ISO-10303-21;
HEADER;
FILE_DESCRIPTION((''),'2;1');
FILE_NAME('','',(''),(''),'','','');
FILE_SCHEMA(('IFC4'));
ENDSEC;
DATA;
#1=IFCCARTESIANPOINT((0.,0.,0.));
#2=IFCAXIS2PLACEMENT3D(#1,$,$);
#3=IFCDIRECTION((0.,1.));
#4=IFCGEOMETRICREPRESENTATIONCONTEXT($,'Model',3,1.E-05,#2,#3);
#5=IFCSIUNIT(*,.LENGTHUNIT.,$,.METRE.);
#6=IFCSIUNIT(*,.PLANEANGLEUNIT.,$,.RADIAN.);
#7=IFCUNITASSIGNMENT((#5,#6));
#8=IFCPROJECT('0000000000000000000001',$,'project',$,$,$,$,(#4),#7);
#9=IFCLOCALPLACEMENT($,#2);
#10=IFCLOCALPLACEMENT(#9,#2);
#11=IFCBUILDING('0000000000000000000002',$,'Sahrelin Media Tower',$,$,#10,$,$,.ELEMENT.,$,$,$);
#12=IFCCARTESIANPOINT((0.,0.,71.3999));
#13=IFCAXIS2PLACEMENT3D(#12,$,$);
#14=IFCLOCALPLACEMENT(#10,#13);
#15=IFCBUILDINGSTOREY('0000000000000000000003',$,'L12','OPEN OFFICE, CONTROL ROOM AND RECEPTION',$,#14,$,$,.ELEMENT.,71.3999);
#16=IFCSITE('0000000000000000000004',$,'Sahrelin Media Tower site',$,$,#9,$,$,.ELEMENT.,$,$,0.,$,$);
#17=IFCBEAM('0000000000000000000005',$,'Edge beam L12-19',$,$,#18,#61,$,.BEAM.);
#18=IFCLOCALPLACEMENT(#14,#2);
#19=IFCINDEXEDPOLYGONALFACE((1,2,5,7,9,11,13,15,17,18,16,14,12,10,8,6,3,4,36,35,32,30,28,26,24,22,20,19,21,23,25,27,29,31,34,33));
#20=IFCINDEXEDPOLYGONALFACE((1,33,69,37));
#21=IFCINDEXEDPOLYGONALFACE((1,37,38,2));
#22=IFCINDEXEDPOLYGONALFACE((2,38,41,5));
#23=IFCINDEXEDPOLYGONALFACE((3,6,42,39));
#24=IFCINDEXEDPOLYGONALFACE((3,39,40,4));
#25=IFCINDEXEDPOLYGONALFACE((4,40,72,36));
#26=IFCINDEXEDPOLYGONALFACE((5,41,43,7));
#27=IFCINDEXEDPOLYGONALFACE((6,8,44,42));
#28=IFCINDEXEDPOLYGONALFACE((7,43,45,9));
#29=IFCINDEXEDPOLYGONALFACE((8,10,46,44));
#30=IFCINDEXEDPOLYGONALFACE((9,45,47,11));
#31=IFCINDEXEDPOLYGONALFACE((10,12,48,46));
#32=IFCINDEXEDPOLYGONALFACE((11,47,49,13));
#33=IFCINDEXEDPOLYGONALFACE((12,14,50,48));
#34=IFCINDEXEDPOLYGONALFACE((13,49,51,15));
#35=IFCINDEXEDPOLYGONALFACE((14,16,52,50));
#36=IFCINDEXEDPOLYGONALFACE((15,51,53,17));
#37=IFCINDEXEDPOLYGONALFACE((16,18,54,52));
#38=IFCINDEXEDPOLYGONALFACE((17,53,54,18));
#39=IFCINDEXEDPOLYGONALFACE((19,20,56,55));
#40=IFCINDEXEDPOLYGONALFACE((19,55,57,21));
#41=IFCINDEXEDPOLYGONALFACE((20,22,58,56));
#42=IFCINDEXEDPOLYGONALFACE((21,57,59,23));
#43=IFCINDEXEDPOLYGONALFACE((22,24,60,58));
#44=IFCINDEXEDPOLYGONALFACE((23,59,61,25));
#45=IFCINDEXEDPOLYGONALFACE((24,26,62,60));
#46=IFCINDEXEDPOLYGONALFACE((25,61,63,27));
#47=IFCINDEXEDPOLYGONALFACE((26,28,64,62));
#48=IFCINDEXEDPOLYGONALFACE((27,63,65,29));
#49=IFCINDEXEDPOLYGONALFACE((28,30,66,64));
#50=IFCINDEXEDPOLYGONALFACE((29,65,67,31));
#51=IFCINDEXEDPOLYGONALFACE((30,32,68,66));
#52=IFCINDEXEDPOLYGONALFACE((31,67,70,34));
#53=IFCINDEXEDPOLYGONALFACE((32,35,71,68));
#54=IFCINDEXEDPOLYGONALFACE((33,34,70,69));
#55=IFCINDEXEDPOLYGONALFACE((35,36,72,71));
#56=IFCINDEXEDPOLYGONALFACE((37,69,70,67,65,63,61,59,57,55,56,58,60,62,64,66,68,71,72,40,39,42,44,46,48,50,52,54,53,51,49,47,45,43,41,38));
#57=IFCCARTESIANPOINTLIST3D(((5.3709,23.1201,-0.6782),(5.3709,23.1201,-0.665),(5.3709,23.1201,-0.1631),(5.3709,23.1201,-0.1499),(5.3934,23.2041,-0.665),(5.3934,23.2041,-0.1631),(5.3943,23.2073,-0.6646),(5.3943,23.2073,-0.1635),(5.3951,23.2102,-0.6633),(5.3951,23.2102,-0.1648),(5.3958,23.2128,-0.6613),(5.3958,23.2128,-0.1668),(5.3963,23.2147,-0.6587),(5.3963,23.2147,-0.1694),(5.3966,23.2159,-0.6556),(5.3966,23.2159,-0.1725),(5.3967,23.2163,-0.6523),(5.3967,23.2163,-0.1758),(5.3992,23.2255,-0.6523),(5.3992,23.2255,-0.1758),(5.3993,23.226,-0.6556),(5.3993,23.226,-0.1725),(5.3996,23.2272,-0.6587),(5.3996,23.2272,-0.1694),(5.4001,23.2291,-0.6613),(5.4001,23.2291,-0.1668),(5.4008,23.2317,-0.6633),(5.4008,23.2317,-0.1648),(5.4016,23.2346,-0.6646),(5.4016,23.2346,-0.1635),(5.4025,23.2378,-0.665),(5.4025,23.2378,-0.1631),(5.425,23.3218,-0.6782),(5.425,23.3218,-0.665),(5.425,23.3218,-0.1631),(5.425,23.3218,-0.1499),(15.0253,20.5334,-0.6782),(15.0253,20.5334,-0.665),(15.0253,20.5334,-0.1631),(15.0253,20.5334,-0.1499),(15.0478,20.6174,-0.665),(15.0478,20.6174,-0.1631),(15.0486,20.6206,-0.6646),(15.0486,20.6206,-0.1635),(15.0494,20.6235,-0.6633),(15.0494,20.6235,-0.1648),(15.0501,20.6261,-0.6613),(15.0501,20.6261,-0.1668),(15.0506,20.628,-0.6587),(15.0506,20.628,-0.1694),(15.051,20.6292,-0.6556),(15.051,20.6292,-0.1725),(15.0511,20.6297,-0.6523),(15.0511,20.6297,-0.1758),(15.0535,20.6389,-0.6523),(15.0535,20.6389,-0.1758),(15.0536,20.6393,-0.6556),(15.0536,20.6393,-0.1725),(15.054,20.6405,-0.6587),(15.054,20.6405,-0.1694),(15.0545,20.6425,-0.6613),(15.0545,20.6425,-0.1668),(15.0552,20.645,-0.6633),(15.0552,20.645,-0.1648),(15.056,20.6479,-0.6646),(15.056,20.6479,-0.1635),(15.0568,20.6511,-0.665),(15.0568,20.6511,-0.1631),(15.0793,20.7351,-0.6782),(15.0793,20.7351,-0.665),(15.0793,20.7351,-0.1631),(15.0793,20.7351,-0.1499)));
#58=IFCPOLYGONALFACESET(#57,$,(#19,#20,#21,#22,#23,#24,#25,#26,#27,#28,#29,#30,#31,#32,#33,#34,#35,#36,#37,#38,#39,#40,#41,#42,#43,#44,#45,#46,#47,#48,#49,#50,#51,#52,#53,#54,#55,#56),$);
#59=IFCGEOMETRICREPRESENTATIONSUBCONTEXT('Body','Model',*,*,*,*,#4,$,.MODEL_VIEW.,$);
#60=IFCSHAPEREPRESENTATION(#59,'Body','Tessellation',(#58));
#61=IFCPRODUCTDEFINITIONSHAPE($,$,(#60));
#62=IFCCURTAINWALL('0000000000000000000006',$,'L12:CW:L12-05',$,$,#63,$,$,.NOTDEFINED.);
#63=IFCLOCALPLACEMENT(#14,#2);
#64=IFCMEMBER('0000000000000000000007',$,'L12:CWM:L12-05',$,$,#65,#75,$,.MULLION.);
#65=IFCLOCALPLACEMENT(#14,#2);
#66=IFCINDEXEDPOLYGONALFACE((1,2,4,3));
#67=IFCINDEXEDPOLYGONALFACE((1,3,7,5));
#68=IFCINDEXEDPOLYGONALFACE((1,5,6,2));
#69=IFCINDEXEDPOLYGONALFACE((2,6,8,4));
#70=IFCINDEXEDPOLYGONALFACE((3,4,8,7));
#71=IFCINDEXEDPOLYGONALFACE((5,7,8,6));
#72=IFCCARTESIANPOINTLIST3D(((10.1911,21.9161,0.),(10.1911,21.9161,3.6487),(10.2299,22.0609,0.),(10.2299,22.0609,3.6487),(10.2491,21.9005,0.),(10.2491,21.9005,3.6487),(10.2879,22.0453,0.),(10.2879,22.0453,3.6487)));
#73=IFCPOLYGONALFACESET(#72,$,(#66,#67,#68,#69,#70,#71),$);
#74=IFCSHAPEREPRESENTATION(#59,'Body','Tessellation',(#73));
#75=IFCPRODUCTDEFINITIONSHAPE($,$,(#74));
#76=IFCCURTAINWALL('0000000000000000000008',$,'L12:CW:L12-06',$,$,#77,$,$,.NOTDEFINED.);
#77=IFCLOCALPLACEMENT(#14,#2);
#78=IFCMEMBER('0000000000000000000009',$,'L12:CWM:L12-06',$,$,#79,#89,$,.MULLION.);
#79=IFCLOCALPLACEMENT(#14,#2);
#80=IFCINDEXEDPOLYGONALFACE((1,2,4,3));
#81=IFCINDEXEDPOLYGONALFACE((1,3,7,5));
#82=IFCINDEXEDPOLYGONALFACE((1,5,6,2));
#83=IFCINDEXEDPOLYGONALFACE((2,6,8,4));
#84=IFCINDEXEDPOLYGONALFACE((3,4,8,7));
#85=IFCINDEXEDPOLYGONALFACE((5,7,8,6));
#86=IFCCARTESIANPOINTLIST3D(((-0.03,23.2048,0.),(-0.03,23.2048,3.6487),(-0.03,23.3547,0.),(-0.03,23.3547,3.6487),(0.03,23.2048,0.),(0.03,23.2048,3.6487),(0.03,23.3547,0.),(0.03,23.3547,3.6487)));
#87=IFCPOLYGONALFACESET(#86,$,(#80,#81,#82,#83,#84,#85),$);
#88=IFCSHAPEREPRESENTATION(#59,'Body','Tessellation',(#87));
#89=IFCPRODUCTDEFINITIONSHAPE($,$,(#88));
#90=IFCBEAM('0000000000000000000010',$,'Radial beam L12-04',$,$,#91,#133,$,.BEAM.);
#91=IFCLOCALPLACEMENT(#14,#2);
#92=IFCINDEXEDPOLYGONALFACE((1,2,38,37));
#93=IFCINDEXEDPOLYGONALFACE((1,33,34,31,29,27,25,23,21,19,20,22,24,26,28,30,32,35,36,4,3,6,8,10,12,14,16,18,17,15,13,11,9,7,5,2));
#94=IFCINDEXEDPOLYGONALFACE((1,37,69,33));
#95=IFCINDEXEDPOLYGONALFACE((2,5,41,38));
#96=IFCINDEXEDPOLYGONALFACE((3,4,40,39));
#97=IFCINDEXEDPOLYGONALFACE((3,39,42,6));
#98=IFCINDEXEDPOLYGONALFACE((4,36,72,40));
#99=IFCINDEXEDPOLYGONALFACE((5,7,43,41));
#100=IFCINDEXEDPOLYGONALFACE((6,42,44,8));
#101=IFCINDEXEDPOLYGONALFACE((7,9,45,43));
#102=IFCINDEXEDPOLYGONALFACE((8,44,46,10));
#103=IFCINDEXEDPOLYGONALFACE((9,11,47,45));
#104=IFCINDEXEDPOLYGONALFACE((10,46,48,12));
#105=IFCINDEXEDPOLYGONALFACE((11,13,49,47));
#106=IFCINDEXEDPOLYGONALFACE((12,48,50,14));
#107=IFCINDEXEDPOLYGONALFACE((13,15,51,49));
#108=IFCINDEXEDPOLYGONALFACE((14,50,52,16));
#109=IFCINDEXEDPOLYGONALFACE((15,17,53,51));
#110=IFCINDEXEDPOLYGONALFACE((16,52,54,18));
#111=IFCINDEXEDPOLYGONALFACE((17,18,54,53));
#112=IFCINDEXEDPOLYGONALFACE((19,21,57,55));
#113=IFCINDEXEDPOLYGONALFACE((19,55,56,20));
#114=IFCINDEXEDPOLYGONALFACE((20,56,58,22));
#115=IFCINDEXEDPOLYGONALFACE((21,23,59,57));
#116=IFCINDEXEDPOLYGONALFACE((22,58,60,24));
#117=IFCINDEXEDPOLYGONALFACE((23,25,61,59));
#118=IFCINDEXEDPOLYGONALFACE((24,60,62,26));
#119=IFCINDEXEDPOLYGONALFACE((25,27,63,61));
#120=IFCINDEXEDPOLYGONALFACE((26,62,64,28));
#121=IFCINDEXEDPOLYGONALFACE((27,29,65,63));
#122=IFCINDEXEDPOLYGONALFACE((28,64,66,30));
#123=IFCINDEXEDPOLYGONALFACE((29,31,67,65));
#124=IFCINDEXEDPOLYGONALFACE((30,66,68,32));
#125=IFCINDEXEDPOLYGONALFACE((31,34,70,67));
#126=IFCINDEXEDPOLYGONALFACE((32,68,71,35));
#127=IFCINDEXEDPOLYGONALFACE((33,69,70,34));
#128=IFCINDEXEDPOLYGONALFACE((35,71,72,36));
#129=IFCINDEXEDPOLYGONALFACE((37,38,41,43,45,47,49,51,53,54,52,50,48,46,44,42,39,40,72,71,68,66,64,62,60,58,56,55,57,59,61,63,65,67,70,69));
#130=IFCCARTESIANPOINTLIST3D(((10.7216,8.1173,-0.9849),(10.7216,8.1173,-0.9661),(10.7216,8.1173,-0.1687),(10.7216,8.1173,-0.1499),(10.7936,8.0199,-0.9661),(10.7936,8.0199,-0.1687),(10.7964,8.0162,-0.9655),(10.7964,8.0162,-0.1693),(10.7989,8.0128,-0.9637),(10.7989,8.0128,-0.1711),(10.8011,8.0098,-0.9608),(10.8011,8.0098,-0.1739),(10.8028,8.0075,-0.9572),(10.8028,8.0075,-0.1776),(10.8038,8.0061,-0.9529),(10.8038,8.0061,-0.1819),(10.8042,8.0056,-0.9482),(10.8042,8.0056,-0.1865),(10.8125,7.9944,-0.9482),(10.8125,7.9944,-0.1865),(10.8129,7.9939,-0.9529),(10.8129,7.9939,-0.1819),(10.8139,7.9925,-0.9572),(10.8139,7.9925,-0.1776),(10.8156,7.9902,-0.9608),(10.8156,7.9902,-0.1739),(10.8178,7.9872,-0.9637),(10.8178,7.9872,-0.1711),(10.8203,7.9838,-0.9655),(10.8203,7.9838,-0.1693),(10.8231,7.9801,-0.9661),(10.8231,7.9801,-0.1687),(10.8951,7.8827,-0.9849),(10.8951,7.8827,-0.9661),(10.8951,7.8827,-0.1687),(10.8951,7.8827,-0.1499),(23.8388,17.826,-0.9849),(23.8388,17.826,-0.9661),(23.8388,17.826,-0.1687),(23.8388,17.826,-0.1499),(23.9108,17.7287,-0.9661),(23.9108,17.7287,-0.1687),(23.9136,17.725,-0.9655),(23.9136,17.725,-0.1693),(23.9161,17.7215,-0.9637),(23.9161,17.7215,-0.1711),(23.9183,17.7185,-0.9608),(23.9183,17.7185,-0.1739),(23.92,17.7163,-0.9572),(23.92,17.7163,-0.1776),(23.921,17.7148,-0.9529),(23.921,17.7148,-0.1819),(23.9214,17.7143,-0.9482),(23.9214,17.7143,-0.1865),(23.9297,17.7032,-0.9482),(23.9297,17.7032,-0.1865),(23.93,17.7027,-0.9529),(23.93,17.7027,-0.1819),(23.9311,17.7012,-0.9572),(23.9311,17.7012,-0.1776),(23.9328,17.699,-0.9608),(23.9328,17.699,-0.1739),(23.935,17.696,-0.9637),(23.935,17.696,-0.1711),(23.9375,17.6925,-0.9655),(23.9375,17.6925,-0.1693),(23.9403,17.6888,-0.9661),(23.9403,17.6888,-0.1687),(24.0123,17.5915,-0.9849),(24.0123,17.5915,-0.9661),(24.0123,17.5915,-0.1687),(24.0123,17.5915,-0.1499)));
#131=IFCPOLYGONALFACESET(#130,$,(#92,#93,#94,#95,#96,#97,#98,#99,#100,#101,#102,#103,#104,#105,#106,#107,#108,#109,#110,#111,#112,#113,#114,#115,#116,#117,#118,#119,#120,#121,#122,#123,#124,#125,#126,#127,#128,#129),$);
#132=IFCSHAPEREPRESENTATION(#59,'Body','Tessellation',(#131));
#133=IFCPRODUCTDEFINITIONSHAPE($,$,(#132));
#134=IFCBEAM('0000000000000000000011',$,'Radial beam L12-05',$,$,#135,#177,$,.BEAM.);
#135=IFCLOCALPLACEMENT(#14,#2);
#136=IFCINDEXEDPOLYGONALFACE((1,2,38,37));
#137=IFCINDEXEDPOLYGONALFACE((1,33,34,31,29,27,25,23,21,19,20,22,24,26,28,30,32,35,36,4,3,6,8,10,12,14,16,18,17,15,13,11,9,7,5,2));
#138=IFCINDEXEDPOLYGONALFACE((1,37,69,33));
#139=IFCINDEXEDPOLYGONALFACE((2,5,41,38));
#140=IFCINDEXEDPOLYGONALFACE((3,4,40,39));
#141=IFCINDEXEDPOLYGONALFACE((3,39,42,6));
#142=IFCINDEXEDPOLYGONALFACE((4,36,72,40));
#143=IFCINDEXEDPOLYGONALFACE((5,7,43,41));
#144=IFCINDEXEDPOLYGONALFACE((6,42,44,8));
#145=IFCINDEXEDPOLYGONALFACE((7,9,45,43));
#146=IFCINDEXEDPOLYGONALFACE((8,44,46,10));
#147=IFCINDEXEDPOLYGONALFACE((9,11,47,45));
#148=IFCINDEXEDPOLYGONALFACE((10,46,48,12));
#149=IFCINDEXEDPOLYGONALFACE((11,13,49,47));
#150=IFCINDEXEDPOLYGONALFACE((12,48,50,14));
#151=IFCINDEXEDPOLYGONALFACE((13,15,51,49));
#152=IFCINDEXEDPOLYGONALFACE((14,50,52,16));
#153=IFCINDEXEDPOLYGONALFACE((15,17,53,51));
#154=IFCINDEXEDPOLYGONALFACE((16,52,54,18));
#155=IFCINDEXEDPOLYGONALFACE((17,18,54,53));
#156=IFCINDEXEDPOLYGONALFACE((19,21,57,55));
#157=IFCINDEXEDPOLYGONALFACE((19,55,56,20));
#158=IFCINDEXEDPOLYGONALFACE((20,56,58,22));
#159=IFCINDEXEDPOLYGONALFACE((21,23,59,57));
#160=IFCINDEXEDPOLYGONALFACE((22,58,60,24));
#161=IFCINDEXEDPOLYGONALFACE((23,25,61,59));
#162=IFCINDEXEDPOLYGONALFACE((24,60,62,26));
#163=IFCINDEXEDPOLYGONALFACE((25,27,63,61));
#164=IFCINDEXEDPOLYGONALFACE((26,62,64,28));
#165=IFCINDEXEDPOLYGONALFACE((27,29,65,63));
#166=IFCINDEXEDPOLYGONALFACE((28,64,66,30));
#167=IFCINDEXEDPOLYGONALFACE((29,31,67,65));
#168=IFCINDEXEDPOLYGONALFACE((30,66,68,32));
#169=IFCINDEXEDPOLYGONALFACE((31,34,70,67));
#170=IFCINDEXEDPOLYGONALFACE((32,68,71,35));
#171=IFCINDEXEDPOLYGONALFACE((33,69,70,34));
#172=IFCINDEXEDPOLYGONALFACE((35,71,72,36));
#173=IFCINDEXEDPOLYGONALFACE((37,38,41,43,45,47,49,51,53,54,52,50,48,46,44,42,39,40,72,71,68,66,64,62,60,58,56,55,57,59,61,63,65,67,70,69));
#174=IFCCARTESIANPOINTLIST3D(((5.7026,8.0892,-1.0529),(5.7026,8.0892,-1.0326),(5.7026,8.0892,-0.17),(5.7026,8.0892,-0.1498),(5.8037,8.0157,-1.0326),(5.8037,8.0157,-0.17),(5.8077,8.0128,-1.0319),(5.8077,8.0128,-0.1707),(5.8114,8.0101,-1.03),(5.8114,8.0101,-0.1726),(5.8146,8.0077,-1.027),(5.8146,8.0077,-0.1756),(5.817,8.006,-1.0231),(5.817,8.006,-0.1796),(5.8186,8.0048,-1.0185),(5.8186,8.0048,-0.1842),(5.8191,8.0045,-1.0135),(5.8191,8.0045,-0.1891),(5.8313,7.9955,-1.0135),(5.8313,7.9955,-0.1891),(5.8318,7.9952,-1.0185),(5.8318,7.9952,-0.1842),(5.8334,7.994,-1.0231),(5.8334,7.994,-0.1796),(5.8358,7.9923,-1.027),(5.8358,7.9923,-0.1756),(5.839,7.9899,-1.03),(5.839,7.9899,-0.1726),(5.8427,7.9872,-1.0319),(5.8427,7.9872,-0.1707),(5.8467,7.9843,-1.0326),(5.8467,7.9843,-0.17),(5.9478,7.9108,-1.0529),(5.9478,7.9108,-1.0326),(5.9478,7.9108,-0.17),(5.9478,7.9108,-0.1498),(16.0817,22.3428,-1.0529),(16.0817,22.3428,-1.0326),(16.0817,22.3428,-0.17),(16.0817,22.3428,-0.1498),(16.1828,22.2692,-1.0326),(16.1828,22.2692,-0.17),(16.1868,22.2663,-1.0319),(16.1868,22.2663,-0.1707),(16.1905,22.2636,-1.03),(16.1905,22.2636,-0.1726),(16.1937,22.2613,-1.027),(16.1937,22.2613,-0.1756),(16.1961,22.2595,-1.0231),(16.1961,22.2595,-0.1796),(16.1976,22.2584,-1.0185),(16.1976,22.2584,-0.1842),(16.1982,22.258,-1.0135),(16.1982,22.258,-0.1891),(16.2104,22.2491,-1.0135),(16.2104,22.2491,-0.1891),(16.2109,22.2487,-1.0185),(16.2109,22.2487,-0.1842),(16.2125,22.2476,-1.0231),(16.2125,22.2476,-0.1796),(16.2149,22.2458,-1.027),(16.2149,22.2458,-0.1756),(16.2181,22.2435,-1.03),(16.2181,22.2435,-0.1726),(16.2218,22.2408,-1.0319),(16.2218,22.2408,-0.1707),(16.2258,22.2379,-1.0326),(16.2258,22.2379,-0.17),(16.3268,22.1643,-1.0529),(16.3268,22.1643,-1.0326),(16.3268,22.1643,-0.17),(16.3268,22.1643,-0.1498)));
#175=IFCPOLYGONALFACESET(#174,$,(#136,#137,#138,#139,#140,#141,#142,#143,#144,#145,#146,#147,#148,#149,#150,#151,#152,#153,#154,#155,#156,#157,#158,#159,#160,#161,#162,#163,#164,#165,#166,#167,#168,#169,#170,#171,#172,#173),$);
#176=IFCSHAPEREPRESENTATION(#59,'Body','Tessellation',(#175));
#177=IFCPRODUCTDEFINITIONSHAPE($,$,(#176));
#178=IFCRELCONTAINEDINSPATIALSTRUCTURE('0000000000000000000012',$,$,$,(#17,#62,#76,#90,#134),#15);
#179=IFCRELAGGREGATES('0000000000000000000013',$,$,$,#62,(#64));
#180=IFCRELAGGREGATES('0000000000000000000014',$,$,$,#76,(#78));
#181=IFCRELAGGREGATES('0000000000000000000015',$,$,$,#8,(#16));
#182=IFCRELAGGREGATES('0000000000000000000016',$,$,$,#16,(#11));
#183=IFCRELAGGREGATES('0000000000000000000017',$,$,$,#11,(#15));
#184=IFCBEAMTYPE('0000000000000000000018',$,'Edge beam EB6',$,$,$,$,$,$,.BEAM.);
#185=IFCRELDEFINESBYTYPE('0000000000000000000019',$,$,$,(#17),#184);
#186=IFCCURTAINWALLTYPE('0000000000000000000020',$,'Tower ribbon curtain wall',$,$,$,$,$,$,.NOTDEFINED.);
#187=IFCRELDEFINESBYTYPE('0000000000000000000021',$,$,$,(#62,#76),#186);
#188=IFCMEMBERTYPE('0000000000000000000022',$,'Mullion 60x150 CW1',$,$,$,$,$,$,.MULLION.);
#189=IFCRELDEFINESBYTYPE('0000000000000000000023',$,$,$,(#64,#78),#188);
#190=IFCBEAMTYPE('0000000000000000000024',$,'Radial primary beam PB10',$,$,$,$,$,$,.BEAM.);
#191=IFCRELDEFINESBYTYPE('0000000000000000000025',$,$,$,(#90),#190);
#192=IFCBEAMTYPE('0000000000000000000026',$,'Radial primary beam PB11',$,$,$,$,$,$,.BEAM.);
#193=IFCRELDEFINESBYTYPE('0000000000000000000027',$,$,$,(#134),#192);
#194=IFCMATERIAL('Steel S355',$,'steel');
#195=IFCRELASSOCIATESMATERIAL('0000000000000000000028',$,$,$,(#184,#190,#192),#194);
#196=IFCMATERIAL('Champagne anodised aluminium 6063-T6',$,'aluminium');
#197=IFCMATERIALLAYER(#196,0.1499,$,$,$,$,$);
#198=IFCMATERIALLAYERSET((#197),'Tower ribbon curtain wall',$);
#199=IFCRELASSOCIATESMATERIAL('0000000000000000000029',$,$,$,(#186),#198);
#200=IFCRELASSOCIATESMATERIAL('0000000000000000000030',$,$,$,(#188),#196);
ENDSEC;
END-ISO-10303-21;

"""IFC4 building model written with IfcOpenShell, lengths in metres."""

from ifc_helpers import new_model, si_unit, direction, frame, origin, origin_2d, place, context, subcontext, project, spatial, rectangle, i_section, extrude, material, layer, layer_set, material_profile, profile_set, type_object, element, aggregate, save


model = new_model("IFC4")

# Units and contexts
model_context = context("Model", 3, precision=1e-05, world=origin(), true_north=direction((0.0, 1.0)))
body_context = subcontext(model_context, "Body", "Model", "MODEL_VIEW")
ifc_project = project(units=[si_unit("LENGTHUNIT", "METRE"), si_unit("PLANEANGLEUNIT", "RADIAN")], contexts=[model_context])

# Site, building, storey
site_placement = place(None, origin())
site = spatial("IfcSite", under=ifc_project, at=site_placement, Name="Sahrelin Media Tower site", CompositionType="ELEMENT", RefElevation=0.0)
building_placement = place(site_placement, origin())
building = spatial("IfcBuilding", under=site, at=building_placement, Name="Sahrelin Media Tower", CompositionType="ELEMENT")
storey_placement = place(building_placement, frame((0.0, 0.0, 71.3999)))
storey = spatial("IfcBuildingStorey", under=building, at=storey_placement, Name="L12", Description="OPEN OFFICE, CONTROL ROOM AND RECEPTION", CompositionType="ELEMENT", Elevation=71.3999)

# Beam
ifc_material_1 = material(Name="Steel S355", Category="steel")
ifc_material_profile_1 = material_profile(ifc_material_1, i_section(OverallWidth=0.2087, OverallDepth=0.5283, WebThickness=0.0095, FlangeThickness=0.0132, FilletRadius=0.0127, at=origin_2d()), Name="UB 533x210x82")
ifc_profile_set_1 = profile_set([ifc_material_profile_1], Name="Steel S355")
beam_type_1 = type_object("IfcBeamType", Name="Edge beam EB6", PredefinedType="BEAM", material=ifc_profile_set_1)
beam_1_placement = place(storey_placement, frame((5.3979, 23.2209, -0.4141), z_axis=(0.965931, -0.258801, 0.0), x_axis=(0.258801, 0.965931, 0.0)))
element("IfcBeam", 1, at=beam_1_placement, inside=storey, type_object=beam_type_1, Name="Edge beam L12-19", PredefinedType="BEAM", context=body_context, shape_type="SweptSolid", body=[
    extrude(i_section(OverallWidth=0.2087, OverallDepth=0.5283, WebThickness=0.0095, FlangeThickness=0.0132, FilletRadius=0.0127, at=origin_2d()), origin(), (0.0, 0.0, 1.0), 9.9949),
])

# Curtain walls, members
ifc_material_2 = material(Name="Champagne anodised aluminium 6063-T6", Category="aluminium")
ifc_layer_1 = layer(ifc_material_2, 0.1499)
ifc_layer_set_1 = layer_set([ifc_layer_1], Name="Tower ribbon curtain wall")
curtain_wall_type = type_object("IfcCurtainWallType", Name="Tower ribbon curtain wall", PredefinedType="NOTDEFINED", material=ifc_layer_set_1)
curtain_wall_1_placement = place(storey_placement, frame((10.2639, 22.0725, 0.0), z_axis=(0.0, 0.0, 1.0), x_axis=(1.0, 0.0, 0.0)))
curtain_wall_1 = element("IfcCurtainWall", 2, at=curtain_wall_1_placement, inside=storey, type_object=curtain_wall_type, Name="L12:CW:L12-05", PredefinedType="NOTDEFINED")
ifc_material_profile_2 = material_profile(ifc_material_2, rectangle(XDim=0.0601, YDim=0.1499, at=origin_2d()), Name="Mullion 60x150")
ifc_profile_set_2 = profile_set([ifc_material_profile_2], Name="Champagne anodised aluminium 6063-T6")
member_type_1 = type_object("IfcMemberType", Name="Mullion 60x150 CW1", PredefinedType="MULLION", material=ifc_profile_set_2)
member_1_placement = place(storey_placement, frame((10.2395, 21.9807, 0.0), z_axis=(0.0, 0.0, 1.0), x_axis=(-0.965926, 0.258819, 0.0)))
member_1 = element("IfcMember", 3, at=member_1_placement, type_object=member_type_1, Name="L12:CWM:L12-05", PredefinedType="MULLION", context=body_context, shape_type="SweptSolid", body=[
    extrude(rectangle(XDim=0.0601, YDim=0.1499, at=origin_2d()), origin(), (0.0, 0.0, 1.0), 3.6487),
])
aggregate(curtain_wall_1, [member_1])
placement_1 = place(storey_placement, frame((0.0, 23.3748, 0.0), z_axis=(0.0, 0.0, 1.0), x_axis=(1.0, 0.0, 0.0)))
curtain_wall_2 = element("IfcCurtainWall", 4, at=placement_1, inside=storey, type_object=curtain_wall_type, Name="L12:CW:L12-06", PredefinedType="NOTDEFINED")
member_2_placement = place(storey_placement, frame((0.0, 23.2798, 0.0), z_axis=(0.0, 0.0, 1.0), x_axis=(-1.0, 0.0, 0.0)))
member_2 = element("IfcMember", 5, at=member_2_placement, type_object=member_type_1, Name="L12:CWM:L12-06", PredefinedType="MULLION", context=body_context, shape_type="SweptSolid", body=[
    extrude(rectangle(XDim=0.0601, YDim=0.1499, at=origin_2d()), origin(), (0.0, 0.0, 1.0), 3.6487),
])

# Beams
ifc_material_profile_3 = material_profile(ifc_material_1, i_section(OverallWidth=0.2917, OverallDepth=0.835, WebThickness=0.0139, FlangeThickness=0.0188, FilletRadius=0.0178, at=origin_2d()), Name="UB 838x292x176")
ifc_profile_set_3 = profile_set([ifc_material_profile_3], Name="Steel S355")
beam_type_2 = type_object("IfcBeamType", Name="Radial primary beam PB10", PredefinedType="BEAM", material=ifc_profile_set_3)
beam_2_placement = place(storey_placement, frame((10.8083, 8.0, -0.5674), z_axis=(0.803783, 0.594923, 0.0), x_axis=(-0.594923, 0.803783, 0.0)))
element("IfcBeam", 6, at=beam_2_placement, inside=storey, type_object=beam_type_2, Name="Radial beam L12-04", PredefinedType="BEAM", context=body_context, shape_type="SweptSolid", body=[
    extrude(i_section(OverallWidth=0.2917, OverallDepth=0.835, WebThickness=0.0139, FlangeThickness=0.0188, FilletRadius=0.0178, at=origin_2d()), origin(), (0.0, 0.0, 1.0), 16.3193),
])
ifc_material_profile_4 = material_profile(ifc_material_1, i_section(OverallWidth=0.3032, OverallDepth=0.9031, WebThickness=0.0151, FlangeThickness=0.0203, FilletRadius=0.019, at=origin_2d()), Name="UB 914x305x201")
ifc_profile_set_4 = profile_set([ifc_material_profile_4], Name="Steel S355")
beam_type_3 = type_object("IfcBeamType", Name="Radial primary beam PB11", PredefinedType="BEAM", material=ifc_profile_set_4)
beam_3_placement = place(storey_placement, frame((5.8252, 8.0, -0.6013), z_axis=(0.588648, 0.808389, 0.0), x_axis=(-0.808389, 0.588648, 0.0)))
element("IfcBeam", 7, at=beam_3_placement, inside=storey, type_object=beam_type_3, Name="Radial beam L12-05", PredefinedType="BEAM", context=body_context, shape_type="SweptSolid", body=[
    extrude(i_section(OverallWidth=0.3032, OverallDepth=0.9031, WebThickness=0.0151, FlangeThickness=0.0203, FilletRadius=0.019, at=origin_2d()), origin(), (0.0, 0.0, 1.0), 17.6321),
])

aggregate(curtain_wall_2, [member_2])

save(model, "model.ifc")
